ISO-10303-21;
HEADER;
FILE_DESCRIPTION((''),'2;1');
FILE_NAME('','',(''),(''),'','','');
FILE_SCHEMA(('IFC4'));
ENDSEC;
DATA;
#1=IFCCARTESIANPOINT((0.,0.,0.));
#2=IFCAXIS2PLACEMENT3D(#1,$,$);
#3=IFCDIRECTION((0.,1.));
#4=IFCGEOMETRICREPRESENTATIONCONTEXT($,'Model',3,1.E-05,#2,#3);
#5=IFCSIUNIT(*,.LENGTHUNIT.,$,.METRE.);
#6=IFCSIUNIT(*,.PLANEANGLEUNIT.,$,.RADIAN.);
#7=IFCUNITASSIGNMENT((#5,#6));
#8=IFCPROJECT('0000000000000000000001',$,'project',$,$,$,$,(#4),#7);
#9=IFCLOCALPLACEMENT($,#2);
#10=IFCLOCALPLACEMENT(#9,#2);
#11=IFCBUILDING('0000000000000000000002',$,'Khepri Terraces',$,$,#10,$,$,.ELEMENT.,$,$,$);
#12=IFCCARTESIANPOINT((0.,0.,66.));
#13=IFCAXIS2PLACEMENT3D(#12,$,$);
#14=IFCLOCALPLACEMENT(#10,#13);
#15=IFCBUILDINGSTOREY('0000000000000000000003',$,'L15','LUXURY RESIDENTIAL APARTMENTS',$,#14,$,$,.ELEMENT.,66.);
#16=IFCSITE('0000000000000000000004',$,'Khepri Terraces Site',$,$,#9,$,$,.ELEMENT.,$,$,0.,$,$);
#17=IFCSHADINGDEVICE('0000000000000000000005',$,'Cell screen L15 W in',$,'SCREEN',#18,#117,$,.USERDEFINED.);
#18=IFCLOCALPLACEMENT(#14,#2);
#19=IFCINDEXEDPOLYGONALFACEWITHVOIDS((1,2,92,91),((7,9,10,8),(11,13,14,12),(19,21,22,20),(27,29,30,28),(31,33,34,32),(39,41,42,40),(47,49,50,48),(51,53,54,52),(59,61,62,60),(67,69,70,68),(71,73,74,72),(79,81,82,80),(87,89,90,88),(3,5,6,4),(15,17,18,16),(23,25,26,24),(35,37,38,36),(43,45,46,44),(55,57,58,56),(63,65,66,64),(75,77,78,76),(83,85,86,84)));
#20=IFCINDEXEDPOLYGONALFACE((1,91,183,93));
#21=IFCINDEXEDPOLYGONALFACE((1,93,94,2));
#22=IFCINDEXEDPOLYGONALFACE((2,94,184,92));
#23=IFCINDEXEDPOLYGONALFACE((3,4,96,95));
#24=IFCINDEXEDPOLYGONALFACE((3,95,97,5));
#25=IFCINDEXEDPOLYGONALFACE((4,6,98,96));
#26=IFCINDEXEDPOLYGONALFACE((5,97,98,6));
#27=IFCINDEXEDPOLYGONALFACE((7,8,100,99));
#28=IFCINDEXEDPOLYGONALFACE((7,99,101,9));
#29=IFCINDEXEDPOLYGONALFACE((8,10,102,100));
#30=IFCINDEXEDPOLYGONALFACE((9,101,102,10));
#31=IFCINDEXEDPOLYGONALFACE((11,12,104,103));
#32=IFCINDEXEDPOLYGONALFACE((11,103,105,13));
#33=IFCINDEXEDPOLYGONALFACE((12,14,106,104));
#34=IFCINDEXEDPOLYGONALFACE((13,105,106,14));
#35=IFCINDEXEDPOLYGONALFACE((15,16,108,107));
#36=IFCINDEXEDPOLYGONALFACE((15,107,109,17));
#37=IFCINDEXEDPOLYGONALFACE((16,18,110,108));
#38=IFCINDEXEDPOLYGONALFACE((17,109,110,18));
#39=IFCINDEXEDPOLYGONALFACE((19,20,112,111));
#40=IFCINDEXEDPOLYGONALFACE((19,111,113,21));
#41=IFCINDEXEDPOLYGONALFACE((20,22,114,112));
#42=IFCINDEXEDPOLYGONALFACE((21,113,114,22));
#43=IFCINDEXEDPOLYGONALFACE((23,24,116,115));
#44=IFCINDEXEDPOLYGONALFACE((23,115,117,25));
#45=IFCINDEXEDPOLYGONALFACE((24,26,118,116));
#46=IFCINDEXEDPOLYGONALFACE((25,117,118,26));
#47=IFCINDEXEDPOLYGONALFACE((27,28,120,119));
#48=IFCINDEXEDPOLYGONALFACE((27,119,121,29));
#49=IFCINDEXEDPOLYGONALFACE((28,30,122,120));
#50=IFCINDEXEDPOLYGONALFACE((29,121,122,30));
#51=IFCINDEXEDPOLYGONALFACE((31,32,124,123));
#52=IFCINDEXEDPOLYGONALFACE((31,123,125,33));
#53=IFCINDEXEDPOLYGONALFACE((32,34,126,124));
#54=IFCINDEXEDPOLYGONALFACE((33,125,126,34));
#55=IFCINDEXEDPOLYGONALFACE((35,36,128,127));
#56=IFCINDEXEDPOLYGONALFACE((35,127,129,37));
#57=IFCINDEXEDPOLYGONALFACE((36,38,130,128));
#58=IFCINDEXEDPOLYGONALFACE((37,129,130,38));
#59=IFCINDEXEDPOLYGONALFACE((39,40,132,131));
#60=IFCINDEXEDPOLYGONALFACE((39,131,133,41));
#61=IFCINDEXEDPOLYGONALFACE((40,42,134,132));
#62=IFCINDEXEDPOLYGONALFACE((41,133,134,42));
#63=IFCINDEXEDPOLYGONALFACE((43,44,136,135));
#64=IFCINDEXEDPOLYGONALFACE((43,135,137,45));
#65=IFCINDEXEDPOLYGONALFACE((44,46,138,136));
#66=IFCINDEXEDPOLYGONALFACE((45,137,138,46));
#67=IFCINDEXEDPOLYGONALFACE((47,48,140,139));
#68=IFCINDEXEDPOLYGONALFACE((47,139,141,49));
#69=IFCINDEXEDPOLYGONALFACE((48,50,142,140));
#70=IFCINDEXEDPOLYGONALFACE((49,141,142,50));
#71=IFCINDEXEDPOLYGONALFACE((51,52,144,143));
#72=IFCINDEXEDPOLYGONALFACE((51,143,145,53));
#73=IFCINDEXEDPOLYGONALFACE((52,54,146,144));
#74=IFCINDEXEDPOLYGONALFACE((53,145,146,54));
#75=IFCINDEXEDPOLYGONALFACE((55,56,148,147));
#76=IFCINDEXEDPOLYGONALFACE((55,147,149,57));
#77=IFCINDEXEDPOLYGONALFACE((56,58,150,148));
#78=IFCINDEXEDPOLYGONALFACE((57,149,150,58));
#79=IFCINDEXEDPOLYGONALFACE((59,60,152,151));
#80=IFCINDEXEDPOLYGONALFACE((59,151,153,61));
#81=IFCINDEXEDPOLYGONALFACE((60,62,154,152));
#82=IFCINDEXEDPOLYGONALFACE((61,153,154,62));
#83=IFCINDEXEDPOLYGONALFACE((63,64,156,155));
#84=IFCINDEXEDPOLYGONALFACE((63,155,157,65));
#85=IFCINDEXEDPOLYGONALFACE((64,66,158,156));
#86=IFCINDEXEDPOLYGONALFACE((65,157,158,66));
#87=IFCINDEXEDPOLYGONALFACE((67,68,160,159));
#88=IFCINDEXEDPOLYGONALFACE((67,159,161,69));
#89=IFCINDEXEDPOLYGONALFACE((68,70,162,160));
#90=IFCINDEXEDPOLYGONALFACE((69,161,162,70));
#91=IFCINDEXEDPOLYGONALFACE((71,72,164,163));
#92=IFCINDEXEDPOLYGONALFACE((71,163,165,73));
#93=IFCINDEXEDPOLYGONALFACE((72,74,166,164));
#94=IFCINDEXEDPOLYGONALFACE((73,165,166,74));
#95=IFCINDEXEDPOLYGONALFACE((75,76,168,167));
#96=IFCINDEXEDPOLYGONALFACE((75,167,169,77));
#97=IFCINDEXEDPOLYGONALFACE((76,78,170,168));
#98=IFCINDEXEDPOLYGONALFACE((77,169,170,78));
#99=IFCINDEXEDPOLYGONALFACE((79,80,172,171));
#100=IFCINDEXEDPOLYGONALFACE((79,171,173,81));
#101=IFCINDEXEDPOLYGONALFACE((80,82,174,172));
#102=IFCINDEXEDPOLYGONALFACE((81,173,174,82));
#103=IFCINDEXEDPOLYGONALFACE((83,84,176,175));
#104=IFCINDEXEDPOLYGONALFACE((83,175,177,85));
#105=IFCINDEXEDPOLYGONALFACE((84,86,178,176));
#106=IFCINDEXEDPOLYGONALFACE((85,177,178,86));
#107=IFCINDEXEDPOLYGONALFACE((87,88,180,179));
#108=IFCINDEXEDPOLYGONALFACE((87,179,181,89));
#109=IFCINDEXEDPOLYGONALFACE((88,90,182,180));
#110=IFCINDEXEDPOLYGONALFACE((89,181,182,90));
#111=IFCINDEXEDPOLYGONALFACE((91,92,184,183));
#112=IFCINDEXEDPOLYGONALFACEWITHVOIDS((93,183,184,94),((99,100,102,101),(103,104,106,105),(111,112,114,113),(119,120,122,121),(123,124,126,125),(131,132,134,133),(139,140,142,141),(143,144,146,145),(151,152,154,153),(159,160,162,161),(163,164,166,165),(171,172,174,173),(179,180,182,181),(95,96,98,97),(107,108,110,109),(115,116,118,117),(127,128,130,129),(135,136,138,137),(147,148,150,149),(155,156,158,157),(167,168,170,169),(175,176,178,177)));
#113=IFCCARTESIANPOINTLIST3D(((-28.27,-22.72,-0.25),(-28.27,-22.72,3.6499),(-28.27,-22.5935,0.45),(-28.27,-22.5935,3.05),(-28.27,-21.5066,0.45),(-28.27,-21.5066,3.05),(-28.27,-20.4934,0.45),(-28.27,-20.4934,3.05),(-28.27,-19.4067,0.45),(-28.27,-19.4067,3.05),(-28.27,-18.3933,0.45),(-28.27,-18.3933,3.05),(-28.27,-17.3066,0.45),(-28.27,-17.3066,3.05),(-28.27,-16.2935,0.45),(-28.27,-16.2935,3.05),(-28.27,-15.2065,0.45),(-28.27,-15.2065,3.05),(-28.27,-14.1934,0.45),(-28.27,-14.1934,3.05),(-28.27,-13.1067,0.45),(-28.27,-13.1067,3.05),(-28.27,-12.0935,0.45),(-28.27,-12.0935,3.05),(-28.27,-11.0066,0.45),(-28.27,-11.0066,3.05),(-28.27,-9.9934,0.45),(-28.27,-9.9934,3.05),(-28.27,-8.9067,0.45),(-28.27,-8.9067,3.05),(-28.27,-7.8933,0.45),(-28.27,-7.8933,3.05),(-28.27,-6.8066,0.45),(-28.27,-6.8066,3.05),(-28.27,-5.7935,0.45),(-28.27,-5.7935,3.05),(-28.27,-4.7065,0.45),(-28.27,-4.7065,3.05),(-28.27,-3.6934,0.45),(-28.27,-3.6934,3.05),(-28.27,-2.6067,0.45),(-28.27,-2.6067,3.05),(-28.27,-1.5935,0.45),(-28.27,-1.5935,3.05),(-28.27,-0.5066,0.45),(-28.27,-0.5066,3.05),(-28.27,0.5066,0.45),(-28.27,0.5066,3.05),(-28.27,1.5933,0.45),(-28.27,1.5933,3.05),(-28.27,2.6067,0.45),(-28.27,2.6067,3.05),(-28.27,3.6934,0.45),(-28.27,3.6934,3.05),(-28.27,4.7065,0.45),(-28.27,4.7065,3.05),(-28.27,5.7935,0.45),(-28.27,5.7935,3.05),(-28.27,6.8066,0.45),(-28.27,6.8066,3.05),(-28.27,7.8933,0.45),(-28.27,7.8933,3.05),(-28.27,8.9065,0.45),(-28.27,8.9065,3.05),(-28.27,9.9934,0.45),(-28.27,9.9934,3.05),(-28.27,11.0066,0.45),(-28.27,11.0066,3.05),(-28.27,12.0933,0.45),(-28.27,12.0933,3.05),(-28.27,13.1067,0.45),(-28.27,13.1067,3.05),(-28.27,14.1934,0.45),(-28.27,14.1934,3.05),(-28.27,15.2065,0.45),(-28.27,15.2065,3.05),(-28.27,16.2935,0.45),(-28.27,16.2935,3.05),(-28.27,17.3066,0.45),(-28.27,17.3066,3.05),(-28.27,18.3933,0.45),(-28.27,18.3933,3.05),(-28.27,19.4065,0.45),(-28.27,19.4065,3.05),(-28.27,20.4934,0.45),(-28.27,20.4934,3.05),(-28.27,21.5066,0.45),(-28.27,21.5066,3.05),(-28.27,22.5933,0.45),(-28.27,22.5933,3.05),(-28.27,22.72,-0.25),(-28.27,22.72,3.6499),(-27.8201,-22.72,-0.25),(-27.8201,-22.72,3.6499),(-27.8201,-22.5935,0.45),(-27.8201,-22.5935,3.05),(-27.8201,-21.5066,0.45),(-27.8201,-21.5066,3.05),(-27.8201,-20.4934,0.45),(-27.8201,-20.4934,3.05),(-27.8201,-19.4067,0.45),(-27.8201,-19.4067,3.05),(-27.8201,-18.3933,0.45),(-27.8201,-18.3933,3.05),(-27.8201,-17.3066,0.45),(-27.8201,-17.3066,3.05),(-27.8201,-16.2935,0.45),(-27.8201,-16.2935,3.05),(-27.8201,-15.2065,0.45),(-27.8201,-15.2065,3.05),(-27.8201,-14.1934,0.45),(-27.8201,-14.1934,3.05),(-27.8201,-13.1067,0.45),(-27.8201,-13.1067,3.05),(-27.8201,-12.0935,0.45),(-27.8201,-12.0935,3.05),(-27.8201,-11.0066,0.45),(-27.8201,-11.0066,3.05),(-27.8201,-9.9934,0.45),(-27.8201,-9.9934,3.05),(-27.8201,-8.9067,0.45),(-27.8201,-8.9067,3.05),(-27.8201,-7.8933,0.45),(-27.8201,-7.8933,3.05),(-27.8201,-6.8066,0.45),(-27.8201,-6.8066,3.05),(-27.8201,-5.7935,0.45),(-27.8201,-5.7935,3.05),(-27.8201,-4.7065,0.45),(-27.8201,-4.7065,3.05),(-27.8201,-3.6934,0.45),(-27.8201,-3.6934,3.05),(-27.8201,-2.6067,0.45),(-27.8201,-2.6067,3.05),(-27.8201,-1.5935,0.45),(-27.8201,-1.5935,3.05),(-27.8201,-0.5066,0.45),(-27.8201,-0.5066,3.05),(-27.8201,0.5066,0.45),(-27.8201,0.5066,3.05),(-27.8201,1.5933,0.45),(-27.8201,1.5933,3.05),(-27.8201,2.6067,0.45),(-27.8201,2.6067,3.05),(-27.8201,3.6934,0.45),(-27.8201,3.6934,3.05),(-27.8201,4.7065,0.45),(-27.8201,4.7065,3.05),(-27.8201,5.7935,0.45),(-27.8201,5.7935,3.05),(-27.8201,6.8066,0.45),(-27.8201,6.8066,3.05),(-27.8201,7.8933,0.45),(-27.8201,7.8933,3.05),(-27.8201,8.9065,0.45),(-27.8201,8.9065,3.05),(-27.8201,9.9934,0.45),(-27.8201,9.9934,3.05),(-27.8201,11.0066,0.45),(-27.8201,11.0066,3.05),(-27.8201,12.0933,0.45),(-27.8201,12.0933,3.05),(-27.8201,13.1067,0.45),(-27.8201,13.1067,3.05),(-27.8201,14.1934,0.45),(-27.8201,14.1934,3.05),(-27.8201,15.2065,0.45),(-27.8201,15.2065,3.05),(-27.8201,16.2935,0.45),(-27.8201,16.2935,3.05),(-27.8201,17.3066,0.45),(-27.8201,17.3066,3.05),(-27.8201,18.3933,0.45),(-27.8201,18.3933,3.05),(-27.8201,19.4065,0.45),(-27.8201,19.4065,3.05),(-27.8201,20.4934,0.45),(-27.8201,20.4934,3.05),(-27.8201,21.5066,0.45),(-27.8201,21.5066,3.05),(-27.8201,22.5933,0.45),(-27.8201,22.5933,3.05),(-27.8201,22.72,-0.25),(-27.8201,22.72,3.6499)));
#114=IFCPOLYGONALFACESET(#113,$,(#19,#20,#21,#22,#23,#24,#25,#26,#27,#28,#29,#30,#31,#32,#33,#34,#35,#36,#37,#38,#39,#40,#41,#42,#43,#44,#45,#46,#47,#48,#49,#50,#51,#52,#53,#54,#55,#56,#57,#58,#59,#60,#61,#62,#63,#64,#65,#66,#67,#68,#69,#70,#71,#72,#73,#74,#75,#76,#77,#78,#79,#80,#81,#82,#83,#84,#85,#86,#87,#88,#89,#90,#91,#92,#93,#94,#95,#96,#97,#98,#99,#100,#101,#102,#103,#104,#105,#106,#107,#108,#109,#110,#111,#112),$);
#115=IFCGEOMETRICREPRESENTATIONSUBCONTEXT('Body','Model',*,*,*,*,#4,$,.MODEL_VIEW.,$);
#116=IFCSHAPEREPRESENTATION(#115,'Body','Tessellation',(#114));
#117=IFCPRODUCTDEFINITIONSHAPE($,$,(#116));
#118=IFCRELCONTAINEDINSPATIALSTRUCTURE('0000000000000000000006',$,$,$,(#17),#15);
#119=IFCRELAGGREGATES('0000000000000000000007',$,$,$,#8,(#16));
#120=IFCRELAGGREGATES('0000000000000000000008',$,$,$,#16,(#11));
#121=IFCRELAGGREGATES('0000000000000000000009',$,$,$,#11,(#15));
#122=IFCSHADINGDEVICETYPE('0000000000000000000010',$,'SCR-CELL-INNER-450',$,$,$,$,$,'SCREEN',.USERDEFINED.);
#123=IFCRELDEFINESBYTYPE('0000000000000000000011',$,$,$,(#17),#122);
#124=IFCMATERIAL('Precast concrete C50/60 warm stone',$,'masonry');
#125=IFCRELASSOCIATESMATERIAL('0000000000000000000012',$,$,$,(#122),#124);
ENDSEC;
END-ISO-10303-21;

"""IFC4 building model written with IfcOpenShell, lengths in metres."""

from ifc_helpers import new_model, si_unit, direction, frame, origin, place, context, subcontext, project, spatial, polyline, outline, extrude, material, type_object, element, save


model = new_model("IFC4")

# Units and contexts
model_context = context("Model", 3, precision=1e-05, world=origin(), true_north=direction((0.0, 1.0)))
body_context = subcontext(model_context, "Body", "Model", "MODEL_VIEW")
ifc_project = project(units=[si_unit("LENGTHUNIT", "METRE"), si_unit("PLANEANGLEUNIT", "RADIAN")], contexts=[model_context])

# Site, building, storey
site_placement = place(None, origin())
site = spatial("IfcSite", under=ifc_project, at=site_placement, Name="Khepri Terraces Site", CompositionType="ELEMENT", RefElevation=0.0)
building_placement = place(site_placement, origin())
building = spatial("IfcBuilding", under=site, at=building_placement, Name="Khepri Terraces", CompositionType="ELEMENT")
storey_placement = place(building_placement, frame((0.0, 0.0, 66.0)))
storey = spatial("IfcBuildingStorey", under=building, at=storey_placement, Name="L15", Description="LUXURY RESIDENTIAL APARTMENTS", CompositionType="ELEMENT", Elevation=66.0)

# Shared definitions
ifc_material_1 = material(Name="Precast concrete C50/60 warm stone", Category="masonry")

# Shading device
shading_device_type_1 = type_object("IfcShadingDeviceType", Name="SCR-CELL-INNER-450", ElementType="SCREEN", PredefinedType="USERDEFINED", material=ifc_material_1)
shading_device_1_placement = place(storey_placement, frame((-27.8201, 22.72, -0.25), z_axis=(-1.0, 0.0, 0.0), x_axis=(0.0, -1.0, 0.0)))
element("IfcShadingDevice", 1, at=shading_device_1_placement, inside=storey, type_object=shading_device_type_1, Name="Cell screen L15 W in", ObjectType="SCREEN", PredefinedType="USERDEFINED", context=body_context, shape_type="SweptSolid", body=[
    extrude(outline(polyline([(0.0, 0.0), (45.4399, 0.0), (45.4399, 3.8999), (0.0, 3.8999), (0.0, 0.0)]), holes=[polyline([(0.1267, 0.7), (1.2134, 0.7), (1.2134, 3.3), (0.1267, 3.3), (0.1267, 0.7)]), polyline([(2.2266, 0.7), (3.3135, 0.7), (3.3135, 3.3), (2.2266, 3.3), (2.2266, 0.7)]), polyline([(4.3267, 0.7), (5.4133, 0.7), (5.4133, 3.3), (4.3267, 3.3), (4.3267, 0.7)]), polyline([(6.4265, 0.7), (7.5134, 0.7), (7.5134, 3.3), (6.4265, 3.3), (6.4265, 0.7)]), polyline([(8.5266, 0.7), (9.6133, 0.7), (9.6133, 3.3), (8.5266, 3.3), (8.5266, 0.7)]), polyline([(10.6267, 0.7), (11.7134, 0.7), (11.7134, 3.3), (10.6267, 3.3), (10.6267, 0.7)]), polyline([(12.7266, 0.7), (13.8135, 0.7), (13.8135, 3.3), (12.7266, 3.3), (12.7266, 0.7)]), polyline([(14.8267, 0.7), (15.9133, 0.7), (15.9133, 3.3), (14.8267, 3.3), (14.8267, 0.7)]), polyline([(16.9265, 0.7), (18.0134, 0.7), (18.0134, 3.3), (16.9265, 3.3), (16.9265, 0.7)]), polyline([(19.0266, 0.7), (20.1133, 0.7), (20.1133, 3.3), (19.0266, 3.3), (19.0266, 0.7)]), polyline([(21.1267, 0.7), (22.2134, 0.7), (22.2134, 3.3), (21.1267, 3.3), (21.1267, 0.7)]), polyline([(23.2266, 0.7), (24.3135, 0.7), (24.3135, 3.3), (23.2266, 3.3), (23.2266, 0.7)]), polyline([(25.3267, 0.7), (26.4133, 0.7), (26.4133, 3.3), (25.3267, 3.3), (25.3267, 0.7)]), polyline([(27.4265, 0.7), (28.5134, 0.7), (28.5134, 3.3), (27.4265, 3.3), (27.4265, 0.7)]), polyline([(29.5266, 0.7), (30.6133, 0.7), (30.6133, 3.3), (29.5266, 3.3), (29.5266, 0.7)]), polyline([(31.6267, 0.7), (32.7134, 0.7), (32.7134, 3.3), (31.6267, 3.3), (31.6267, 0.7)]), polyline([(33.7266, 0.7), (34.8135, 0.7), (34.8135, 3.3), (33.7266, 3.3), (33.7266, 0.7)]), polyline([(35.8267, 0.7), (36.9133, 0.7), (36.9133, 3.3), (35.8267, 3.3), (35.8267, 0.7)]), polyline([(37.9265, 0.7), (39.0134, 0.7), (39.0134, 3.3), (37.9265, 3.3), (37.9265, 0.7)]), polyline([(40.0266, 0.7), (41.1133, 0.7), (41.1133, 3.3), (40.0266, 3.3), (40.0266, 0.7)]), polyline([(42.1267, 0.7), (43.2134, 0.7), (43.2134, 3.3), (42.1267, 3.3), (42.1267, 0.7)]), polyline([(44.2266, 0.7), (45.3135, 0.7), (45.3135, 3.3), (44.2266, 3.3), (44.2266, 0.7)])]), origin(), (0.0, 0.0, 1.0), 0.45),
])

save(model, "model.ifc")
